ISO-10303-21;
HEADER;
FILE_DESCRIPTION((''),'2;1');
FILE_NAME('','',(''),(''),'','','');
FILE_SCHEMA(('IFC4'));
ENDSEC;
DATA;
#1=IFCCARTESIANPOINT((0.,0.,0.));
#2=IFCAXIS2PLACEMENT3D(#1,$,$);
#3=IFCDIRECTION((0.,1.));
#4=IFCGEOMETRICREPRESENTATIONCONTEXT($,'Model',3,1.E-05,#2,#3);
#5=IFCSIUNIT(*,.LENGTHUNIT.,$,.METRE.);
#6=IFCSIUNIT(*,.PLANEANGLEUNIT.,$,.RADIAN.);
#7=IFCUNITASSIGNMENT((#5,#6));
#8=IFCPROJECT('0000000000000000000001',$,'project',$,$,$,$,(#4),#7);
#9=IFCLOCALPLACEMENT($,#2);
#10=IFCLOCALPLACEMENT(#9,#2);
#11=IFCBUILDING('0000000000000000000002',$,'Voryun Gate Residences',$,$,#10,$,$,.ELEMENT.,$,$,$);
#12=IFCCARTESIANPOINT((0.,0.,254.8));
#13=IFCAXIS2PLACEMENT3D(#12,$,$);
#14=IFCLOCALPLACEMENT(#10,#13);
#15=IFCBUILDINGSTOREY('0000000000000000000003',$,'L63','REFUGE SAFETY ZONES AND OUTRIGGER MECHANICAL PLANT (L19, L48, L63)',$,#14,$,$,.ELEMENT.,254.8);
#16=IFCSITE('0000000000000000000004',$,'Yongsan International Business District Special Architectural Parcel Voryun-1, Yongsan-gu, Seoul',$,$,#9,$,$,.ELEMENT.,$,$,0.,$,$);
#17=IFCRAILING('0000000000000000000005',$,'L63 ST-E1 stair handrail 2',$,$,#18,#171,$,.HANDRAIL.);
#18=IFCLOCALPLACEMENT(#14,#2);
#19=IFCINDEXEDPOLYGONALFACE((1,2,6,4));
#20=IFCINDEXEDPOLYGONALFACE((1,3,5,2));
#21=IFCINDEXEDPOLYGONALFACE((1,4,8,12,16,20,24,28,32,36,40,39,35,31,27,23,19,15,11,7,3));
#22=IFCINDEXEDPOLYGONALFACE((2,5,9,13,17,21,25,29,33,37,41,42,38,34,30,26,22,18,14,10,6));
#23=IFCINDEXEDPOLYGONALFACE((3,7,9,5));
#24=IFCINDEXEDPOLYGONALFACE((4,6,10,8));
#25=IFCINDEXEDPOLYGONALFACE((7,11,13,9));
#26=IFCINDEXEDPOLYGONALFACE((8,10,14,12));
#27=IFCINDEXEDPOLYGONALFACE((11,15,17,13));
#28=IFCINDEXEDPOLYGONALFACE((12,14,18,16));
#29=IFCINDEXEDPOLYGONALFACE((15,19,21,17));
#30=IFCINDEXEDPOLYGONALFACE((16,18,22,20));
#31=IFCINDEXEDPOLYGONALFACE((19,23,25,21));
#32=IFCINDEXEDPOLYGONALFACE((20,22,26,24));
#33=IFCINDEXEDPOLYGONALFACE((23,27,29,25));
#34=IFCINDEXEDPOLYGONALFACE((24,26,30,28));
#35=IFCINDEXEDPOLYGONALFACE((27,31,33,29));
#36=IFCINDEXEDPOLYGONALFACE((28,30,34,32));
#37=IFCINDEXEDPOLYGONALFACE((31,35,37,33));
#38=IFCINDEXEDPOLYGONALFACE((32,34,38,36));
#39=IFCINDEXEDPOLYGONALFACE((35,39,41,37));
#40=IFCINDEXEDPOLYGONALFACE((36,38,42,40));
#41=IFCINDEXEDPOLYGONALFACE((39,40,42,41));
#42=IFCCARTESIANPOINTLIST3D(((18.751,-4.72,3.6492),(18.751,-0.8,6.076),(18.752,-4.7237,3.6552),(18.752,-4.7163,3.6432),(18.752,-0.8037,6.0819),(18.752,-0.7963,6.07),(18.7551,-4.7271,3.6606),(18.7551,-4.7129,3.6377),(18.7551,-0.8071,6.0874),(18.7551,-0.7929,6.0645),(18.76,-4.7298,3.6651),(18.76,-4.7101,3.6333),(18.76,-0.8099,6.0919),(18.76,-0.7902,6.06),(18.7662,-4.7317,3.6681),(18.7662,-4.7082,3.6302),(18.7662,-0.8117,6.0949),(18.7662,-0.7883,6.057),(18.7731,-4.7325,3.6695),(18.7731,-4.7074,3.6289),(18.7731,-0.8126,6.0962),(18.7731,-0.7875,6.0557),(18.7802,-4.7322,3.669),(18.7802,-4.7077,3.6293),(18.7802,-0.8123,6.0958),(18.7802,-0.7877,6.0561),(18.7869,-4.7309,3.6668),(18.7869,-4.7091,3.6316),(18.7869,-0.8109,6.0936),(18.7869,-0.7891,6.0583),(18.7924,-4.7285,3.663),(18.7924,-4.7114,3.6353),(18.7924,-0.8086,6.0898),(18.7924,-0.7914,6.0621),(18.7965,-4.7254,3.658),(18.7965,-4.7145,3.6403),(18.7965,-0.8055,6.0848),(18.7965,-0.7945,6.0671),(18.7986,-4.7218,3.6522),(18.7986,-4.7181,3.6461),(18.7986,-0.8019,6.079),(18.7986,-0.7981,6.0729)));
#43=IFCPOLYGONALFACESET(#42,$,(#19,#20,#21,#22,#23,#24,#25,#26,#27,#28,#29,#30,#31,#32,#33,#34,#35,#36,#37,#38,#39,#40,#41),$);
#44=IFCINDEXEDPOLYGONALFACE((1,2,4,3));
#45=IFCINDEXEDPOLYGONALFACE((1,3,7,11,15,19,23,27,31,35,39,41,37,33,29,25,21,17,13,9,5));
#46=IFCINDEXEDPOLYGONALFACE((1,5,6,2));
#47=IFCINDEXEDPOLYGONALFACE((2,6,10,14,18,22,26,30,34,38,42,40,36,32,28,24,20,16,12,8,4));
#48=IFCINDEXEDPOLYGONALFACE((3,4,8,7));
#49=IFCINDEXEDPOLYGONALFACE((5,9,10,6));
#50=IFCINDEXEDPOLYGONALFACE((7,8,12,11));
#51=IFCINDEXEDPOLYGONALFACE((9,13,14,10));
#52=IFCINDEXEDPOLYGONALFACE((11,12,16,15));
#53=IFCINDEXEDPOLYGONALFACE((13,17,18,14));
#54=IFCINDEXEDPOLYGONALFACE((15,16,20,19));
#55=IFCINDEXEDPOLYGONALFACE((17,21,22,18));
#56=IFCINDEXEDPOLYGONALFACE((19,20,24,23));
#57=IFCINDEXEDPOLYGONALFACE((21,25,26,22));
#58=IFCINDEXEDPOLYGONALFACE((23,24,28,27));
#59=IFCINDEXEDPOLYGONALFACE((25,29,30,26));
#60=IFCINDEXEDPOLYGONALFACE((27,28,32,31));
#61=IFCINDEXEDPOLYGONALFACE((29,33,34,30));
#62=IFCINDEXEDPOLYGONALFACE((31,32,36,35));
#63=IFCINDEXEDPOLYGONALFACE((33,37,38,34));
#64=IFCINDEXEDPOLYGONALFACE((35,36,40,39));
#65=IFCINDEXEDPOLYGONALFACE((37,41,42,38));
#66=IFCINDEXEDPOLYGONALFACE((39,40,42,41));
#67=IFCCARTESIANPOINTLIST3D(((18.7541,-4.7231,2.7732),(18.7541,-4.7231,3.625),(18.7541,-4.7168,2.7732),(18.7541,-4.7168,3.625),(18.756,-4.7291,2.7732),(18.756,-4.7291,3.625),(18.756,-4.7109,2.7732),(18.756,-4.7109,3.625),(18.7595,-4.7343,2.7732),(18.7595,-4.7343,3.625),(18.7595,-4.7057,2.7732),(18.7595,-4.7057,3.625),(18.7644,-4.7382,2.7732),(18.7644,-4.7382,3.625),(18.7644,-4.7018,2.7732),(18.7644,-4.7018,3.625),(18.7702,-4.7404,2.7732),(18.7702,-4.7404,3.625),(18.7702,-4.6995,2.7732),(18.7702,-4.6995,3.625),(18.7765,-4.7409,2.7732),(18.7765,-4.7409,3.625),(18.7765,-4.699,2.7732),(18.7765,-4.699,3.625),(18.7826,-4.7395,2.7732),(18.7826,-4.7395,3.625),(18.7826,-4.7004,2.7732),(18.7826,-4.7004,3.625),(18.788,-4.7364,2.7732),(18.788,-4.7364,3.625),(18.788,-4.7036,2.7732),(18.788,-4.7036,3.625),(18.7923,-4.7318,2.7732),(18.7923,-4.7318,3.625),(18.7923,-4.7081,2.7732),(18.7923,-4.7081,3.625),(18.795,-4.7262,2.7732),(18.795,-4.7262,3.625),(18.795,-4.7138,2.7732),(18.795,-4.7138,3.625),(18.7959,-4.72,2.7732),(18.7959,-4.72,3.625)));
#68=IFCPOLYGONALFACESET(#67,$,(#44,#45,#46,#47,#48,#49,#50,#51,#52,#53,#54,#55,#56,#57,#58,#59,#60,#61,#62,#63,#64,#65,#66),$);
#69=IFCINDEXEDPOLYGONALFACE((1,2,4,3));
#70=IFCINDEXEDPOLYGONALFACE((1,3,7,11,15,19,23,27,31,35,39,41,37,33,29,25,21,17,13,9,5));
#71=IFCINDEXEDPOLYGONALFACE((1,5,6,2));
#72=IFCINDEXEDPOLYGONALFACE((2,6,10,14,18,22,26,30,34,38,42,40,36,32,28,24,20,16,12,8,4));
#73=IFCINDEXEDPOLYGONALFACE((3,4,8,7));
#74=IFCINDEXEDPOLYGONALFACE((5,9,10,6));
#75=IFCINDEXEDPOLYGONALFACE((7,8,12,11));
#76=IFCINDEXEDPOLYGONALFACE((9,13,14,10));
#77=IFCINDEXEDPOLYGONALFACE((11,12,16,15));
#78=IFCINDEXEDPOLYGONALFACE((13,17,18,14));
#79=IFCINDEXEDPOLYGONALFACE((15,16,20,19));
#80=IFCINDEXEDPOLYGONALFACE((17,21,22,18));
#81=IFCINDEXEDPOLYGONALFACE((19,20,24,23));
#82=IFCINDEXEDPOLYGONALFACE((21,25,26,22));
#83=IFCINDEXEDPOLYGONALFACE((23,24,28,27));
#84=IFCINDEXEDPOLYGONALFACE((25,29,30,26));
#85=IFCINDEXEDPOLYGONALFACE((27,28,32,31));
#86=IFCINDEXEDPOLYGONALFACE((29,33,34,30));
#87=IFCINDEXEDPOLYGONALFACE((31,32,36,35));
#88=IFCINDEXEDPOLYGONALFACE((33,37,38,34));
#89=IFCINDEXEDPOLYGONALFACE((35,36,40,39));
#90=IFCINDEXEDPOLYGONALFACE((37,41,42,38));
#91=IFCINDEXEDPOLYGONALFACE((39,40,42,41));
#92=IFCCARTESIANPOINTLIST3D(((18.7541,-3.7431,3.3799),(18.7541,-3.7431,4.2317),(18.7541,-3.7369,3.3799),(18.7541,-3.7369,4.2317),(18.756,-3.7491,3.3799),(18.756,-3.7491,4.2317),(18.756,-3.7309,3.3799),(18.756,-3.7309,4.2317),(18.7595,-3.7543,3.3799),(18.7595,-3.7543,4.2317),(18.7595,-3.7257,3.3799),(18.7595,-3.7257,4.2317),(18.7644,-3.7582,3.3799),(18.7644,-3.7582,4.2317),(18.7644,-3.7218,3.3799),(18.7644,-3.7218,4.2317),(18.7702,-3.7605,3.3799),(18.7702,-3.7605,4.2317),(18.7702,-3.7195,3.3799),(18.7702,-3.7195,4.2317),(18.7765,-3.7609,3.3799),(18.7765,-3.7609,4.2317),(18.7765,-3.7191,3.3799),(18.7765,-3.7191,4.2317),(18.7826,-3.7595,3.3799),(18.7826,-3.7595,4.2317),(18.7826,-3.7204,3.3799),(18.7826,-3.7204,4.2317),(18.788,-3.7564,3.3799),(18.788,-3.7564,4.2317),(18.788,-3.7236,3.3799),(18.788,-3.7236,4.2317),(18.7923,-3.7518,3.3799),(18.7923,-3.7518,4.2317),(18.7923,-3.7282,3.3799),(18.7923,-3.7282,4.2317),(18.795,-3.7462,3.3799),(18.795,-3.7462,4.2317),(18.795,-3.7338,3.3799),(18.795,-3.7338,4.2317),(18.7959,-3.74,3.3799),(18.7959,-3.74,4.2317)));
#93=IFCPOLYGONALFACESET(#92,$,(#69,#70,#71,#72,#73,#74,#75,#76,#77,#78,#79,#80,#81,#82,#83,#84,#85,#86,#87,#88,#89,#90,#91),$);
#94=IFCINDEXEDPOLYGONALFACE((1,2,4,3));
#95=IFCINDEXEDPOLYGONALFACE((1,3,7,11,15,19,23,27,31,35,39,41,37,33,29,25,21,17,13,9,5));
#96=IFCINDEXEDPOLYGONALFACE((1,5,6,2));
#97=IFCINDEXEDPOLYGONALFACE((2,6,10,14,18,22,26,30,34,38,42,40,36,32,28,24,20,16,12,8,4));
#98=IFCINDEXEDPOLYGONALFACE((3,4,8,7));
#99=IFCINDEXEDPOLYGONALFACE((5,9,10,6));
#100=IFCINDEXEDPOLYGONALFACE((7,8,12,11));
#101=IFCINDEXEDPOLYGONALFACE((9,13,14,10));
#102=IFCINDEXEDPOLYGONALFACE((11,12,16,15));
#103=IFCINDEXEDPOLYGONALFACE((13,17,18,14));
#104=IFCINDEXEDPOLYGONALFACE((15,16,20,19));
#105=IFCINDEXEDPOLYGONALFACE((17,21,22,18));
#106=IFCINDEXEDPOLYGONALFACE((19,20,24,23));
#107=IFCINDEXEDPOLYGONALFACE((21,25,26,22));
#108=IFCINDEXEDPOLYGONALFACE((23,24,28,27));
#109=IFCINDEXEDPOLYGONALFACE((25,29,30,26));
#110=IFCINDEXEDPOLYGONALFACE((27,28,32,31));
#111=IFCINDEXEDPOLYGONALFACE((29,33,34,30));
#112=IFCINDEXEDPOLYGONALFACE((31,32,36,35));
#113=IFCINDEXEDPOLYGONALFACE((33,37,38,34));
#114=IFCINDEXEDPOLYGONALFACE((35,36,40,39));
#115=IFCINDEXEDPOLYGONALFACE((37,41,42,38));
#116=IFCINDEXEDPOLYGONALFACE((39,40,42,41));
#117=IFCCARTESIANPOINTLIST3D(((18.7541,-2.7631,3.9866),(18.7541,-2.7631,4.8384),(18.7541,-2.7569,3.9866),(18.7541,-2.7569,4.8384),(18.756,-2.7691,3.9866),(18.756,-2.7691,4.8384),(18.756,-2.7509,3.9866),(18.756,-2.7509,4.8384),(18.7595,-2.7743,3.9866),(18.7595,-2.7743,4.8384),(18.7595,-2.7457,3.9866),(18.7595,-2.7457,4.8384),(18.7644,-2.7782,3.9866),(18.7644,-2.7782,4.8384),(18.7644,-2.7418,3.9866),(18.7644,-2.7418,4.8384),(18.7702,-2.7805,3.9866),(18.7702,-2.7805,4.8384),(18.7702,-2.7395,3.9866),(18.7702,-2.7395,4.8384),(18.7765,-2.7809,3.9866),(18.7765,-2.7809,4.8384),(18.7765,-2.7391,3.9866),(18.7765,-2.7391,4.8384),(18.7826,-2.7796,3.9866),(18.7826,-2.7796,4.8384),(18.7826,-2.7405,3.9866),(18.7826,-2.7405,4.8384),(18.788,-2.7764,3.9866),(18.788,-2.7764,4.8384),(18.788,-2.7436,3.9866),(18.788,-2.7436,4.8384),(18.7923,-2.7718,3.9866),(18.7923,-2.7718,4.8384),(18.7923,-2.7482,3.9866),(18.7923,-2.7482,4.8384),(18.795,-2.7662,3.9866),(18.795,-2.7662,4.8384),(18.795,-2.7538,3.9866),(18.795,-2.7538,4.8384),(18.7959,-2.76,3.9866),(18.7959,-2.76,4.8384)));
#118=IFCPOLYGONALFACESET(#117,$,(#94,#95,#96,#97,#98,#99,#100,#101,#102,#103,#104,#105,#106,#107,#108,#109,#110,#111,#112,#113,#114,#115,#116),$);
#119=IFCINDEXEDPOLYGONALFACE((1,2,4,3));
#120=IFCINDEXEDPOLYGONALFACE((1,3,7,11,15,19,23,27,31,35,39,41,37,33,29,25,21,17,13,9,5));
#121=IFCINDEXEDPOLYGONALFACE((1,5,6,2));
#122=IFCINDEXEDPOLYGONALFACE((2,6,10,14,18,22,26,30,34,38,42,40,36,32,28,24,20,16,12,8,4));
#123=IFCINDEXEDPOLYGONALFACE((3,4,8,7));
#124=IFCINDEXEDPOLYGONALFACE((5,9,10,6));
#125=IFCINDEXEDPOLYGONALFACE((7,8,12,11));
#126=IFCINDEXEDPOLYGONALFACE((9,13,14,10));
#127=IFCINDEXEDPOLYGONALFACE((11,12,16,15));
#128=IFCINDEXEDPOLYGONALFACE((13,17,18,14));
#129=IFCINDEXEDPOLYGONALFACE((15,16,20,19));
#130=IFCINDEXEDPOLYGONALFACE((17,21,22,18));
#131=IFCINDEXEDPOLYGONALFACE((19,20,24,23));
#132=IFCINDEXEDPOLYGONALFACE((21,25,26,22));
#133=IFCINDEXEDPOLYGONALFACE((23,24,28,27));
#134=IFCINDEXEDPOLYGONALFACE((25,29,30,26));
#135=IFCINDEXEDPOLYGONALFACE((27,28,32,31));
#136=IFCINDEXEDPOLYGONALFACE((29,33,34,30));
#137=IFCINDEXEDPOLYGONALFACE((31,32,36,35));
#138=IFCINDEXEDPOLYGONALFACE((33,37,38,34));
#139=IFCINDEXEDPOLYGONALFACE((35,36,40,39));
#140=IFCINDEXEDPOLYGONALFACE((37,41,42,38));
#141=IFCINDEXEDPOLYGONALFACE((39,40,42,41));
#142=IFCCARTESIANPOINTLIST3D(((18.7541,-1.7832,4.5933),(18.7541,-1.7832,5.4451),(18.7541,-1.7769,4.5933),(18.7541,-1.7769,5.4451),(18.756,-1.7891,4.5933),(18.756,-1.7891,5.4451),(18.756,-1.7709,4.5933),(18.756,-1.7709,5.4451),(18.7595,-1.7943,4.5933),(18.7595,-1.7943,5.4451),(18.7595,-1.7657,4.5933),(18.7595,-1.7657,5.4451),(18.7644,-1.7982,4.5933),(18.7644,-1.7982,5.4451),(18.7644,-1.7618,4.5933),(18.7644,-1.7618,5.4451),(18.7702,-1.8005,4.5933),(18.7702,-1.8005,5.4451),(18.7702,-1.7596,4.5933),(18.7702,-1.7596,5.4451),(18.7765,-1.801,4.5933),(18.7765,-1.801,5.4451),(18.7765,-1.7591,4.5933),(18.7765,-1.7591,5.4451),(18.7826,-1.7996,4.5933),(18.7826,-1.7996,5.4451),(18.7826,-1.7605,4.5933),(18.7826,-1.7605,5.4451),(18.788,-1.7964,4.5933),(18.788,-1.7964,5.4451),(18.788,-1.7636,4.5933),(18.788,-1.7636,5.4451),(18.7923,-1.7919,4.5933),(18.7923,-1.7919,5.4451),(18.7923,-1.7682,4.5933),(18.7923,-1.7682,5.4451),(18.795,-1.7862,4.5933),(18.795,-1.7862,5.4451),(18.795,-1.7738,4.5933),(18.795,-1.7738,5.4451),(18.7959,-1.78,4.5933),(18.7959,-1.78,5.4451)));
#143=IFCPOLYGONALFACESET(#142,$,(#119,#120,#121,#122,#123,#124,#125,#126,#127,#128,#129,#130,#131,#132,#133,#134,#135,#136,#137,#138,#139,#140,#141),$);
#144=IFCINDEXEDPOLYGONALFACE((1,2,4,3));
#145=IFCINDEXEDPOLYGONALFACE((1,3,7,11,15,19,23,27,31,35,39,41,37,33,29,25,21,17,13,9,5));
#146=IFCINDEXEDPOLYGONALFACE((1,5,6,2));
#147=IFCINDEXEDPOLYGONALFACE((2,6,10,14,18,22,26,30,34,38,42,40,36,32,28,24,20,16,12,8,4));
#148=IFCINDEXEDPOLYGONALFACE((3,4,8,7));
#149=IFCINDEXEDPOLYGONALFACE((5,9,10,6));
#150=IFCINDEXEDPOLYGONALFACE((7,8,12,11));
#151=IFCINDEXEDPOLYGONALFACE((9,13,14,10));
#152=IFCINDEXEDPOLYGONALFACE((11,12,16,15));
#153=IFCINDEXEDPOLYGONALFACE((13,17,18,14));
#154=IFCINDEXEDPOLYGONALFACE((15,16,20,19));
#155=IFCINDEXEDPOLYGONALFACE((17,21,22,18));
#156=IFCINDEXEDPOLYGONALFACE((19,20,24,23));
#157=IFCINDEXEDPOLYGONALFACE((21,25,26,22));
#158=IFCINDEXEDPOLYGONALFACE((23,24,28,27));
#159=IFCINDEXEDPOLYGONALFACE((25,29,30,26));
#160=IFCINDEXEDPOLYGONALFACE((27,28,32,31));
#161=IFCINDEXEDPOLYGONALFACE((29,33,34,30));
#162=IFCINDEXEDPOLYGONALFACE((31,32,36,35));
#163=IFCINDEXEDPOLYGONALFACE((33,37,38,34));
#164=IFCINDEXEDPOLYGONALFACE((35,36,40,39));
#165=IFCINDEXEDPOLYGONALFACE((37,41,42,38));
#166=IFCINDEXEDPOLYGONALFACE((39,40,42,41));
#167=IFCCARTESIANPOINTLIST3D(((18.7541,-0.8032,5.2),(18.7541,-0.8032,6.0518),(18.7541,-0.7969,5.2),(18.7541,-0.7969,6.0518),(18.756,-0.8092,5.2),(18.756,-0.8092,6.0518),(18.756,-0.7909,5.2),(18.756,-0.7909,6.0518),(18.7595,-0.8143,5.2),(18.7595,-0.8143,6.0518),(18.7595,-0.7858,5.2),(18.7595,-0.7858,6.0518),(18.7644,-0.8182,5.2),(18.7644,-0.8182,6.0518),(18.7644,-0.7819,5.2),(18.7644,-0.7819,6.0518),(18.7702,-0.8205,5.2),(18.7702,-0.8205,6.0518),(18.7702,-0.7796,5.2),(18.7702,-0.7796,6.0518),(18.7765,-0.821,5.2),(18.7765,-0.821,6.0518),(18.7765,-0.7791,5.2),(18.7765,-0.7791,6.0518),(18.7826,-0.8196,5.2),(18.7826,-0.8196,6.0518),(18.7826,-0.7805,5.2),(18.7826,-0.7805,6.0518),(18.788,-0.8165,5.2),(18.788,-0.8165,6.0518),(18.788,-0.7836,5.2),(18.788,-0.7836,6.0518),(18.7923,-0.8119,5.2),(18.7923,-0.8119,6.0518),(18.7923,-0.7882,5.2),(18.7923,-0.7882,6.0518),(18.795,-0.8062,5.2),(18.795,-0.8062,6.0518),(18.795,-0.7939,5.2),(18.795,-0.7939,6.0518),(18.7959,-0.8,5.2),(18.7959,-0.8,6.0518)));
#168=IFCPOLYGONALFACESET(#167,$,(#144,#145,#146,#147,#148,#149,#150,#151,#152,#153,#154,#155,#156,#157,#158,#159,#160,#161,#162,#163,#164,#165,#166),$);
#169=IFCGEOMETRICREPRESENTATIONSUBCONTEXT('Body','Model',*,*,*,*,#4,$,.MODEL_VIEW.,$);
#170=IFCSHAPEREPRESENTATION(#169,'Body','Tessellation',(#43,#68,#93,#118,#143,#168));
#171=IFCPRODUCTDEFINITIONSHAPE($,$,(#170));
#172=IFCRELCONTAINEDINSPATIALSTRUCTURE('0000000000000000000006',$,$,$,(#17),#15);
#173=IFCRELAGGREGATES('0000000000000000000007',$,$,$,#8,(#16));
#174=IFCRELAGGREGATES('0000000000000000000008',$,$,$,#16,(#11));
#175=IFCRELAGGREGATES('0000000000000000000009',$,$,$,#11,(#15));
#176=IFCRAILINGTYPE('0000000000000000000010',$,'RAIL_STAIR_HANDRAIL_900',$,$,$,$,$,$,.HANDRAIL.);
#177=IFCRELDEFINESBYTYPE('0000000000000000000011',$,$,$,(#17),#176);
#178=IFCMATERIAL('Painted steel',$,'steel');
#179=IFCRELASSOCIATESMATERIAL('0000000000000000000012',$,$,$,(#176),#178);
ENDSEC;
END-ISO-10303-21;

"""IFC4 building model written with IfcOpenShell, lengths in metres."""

from ifc_helpers import new_model, si_unit, direction, frame, origin, origin_2d, place, context, subcontext, project, spatial, circle, extrude, material, type_object, element, save


model = new_model("IFC4")

# Units and contexts
model_context = context("Model", 3, precision=1e-05, world=origin(), true_north=direction((0.0, 1.0)))
body_context = subcontext(model_context, "Body", "Model", "MODEL_VIEW")
ifc_project = project(units=[si_unit("LENGTHUNIT", "METRE"), si_unit("PLANEANGLEUNIT", "RADIAN")], contexts=[model_context])

# Site, building, storey
site_placement = place(None, origin())
site = spatial("IfcSite", under=ifc_project, at=site_placement, Name="Yongsan International Business District Special Architectural Parcel Voryun-1, Yongsan-gu, Seoul", CompositionType="ELEMENT", RefElevation=0.0)
building_placement = place(site_placement, origin())
building = spatial("IfcBuilding", under=site, at=building_placement, Name="Voryun Gate Residences", CompositionType="ELEMENT")
storey_placement = place(building_placement, frame((0.0, 0.0, 254.8)))
storey = spatial("IfcBuildingStorey", under=building, at=storey_placement, Name="L63", Description="REFUGE SAFETY ZONES AND OUTRIGGER MECHANICAL PLANT (L19, L48, L63)", CompositionType="ELEMENT", Elevation=254.8)

# Railing
ifc_material_1 = material(Name="Painted steel", Category="steel")
railing_type_1 = type_object("IfcRailingType", Name="RAIL_STAIR_HANDRAIL_900", PredefinedType="HANDRAIL", material=ifc_material_1)
railing_1_placement = place(storey_placement, frame((18.7749, -4.72, 2.7732)))
element("IfcRailing", 1, at=railing_1_placement, inside=storey, type_object=railing_type_1, Name="L63 ST-E1 stair handrail 2", PredefinedType="HANDRAIL", context=body_context, shape_type="SweptSolid", body=[
    extrude(circle(Radius=0.0239, at=origin_2d()), frame((0.0, 0.0, 0.876), z_axis=(0.0, 0.850252, 0.526376), x_axis=(-1.0, 0.0, 0.0)), (0.0, 0.0, 1.0), 4.6104),
    extrude(circle(Radius=0.021, at=origin_2d()), origin(), (0.0, 0.0, 1.0), 0.8518),
    extrude(circle(Radius=0.021, at=origin_2d()), frame((0.0, 0.98, 0.6067)), (0.0, 0.0, 1.0), 0.8518),
    extrude(circle(Radius=0.021, at=origin_2d()), frame((0.0, 1.96, 1.2134)), (0.0, 0.0, 1.0), 0.8518),
    extrude(circle(Radius=0.021, at=origin_2d()), frame((0.0, 2.9399, 1.8201)), (0.0, 0.0, 1.0), 0.8518),
    extrude(circle(Radius=0.021, at=origin_2d()), frame((0.0, 3.9199, 2.4268)), (0.0, 0.0, 1.0), 0.8518),
])

save(model, "model.ifc")
